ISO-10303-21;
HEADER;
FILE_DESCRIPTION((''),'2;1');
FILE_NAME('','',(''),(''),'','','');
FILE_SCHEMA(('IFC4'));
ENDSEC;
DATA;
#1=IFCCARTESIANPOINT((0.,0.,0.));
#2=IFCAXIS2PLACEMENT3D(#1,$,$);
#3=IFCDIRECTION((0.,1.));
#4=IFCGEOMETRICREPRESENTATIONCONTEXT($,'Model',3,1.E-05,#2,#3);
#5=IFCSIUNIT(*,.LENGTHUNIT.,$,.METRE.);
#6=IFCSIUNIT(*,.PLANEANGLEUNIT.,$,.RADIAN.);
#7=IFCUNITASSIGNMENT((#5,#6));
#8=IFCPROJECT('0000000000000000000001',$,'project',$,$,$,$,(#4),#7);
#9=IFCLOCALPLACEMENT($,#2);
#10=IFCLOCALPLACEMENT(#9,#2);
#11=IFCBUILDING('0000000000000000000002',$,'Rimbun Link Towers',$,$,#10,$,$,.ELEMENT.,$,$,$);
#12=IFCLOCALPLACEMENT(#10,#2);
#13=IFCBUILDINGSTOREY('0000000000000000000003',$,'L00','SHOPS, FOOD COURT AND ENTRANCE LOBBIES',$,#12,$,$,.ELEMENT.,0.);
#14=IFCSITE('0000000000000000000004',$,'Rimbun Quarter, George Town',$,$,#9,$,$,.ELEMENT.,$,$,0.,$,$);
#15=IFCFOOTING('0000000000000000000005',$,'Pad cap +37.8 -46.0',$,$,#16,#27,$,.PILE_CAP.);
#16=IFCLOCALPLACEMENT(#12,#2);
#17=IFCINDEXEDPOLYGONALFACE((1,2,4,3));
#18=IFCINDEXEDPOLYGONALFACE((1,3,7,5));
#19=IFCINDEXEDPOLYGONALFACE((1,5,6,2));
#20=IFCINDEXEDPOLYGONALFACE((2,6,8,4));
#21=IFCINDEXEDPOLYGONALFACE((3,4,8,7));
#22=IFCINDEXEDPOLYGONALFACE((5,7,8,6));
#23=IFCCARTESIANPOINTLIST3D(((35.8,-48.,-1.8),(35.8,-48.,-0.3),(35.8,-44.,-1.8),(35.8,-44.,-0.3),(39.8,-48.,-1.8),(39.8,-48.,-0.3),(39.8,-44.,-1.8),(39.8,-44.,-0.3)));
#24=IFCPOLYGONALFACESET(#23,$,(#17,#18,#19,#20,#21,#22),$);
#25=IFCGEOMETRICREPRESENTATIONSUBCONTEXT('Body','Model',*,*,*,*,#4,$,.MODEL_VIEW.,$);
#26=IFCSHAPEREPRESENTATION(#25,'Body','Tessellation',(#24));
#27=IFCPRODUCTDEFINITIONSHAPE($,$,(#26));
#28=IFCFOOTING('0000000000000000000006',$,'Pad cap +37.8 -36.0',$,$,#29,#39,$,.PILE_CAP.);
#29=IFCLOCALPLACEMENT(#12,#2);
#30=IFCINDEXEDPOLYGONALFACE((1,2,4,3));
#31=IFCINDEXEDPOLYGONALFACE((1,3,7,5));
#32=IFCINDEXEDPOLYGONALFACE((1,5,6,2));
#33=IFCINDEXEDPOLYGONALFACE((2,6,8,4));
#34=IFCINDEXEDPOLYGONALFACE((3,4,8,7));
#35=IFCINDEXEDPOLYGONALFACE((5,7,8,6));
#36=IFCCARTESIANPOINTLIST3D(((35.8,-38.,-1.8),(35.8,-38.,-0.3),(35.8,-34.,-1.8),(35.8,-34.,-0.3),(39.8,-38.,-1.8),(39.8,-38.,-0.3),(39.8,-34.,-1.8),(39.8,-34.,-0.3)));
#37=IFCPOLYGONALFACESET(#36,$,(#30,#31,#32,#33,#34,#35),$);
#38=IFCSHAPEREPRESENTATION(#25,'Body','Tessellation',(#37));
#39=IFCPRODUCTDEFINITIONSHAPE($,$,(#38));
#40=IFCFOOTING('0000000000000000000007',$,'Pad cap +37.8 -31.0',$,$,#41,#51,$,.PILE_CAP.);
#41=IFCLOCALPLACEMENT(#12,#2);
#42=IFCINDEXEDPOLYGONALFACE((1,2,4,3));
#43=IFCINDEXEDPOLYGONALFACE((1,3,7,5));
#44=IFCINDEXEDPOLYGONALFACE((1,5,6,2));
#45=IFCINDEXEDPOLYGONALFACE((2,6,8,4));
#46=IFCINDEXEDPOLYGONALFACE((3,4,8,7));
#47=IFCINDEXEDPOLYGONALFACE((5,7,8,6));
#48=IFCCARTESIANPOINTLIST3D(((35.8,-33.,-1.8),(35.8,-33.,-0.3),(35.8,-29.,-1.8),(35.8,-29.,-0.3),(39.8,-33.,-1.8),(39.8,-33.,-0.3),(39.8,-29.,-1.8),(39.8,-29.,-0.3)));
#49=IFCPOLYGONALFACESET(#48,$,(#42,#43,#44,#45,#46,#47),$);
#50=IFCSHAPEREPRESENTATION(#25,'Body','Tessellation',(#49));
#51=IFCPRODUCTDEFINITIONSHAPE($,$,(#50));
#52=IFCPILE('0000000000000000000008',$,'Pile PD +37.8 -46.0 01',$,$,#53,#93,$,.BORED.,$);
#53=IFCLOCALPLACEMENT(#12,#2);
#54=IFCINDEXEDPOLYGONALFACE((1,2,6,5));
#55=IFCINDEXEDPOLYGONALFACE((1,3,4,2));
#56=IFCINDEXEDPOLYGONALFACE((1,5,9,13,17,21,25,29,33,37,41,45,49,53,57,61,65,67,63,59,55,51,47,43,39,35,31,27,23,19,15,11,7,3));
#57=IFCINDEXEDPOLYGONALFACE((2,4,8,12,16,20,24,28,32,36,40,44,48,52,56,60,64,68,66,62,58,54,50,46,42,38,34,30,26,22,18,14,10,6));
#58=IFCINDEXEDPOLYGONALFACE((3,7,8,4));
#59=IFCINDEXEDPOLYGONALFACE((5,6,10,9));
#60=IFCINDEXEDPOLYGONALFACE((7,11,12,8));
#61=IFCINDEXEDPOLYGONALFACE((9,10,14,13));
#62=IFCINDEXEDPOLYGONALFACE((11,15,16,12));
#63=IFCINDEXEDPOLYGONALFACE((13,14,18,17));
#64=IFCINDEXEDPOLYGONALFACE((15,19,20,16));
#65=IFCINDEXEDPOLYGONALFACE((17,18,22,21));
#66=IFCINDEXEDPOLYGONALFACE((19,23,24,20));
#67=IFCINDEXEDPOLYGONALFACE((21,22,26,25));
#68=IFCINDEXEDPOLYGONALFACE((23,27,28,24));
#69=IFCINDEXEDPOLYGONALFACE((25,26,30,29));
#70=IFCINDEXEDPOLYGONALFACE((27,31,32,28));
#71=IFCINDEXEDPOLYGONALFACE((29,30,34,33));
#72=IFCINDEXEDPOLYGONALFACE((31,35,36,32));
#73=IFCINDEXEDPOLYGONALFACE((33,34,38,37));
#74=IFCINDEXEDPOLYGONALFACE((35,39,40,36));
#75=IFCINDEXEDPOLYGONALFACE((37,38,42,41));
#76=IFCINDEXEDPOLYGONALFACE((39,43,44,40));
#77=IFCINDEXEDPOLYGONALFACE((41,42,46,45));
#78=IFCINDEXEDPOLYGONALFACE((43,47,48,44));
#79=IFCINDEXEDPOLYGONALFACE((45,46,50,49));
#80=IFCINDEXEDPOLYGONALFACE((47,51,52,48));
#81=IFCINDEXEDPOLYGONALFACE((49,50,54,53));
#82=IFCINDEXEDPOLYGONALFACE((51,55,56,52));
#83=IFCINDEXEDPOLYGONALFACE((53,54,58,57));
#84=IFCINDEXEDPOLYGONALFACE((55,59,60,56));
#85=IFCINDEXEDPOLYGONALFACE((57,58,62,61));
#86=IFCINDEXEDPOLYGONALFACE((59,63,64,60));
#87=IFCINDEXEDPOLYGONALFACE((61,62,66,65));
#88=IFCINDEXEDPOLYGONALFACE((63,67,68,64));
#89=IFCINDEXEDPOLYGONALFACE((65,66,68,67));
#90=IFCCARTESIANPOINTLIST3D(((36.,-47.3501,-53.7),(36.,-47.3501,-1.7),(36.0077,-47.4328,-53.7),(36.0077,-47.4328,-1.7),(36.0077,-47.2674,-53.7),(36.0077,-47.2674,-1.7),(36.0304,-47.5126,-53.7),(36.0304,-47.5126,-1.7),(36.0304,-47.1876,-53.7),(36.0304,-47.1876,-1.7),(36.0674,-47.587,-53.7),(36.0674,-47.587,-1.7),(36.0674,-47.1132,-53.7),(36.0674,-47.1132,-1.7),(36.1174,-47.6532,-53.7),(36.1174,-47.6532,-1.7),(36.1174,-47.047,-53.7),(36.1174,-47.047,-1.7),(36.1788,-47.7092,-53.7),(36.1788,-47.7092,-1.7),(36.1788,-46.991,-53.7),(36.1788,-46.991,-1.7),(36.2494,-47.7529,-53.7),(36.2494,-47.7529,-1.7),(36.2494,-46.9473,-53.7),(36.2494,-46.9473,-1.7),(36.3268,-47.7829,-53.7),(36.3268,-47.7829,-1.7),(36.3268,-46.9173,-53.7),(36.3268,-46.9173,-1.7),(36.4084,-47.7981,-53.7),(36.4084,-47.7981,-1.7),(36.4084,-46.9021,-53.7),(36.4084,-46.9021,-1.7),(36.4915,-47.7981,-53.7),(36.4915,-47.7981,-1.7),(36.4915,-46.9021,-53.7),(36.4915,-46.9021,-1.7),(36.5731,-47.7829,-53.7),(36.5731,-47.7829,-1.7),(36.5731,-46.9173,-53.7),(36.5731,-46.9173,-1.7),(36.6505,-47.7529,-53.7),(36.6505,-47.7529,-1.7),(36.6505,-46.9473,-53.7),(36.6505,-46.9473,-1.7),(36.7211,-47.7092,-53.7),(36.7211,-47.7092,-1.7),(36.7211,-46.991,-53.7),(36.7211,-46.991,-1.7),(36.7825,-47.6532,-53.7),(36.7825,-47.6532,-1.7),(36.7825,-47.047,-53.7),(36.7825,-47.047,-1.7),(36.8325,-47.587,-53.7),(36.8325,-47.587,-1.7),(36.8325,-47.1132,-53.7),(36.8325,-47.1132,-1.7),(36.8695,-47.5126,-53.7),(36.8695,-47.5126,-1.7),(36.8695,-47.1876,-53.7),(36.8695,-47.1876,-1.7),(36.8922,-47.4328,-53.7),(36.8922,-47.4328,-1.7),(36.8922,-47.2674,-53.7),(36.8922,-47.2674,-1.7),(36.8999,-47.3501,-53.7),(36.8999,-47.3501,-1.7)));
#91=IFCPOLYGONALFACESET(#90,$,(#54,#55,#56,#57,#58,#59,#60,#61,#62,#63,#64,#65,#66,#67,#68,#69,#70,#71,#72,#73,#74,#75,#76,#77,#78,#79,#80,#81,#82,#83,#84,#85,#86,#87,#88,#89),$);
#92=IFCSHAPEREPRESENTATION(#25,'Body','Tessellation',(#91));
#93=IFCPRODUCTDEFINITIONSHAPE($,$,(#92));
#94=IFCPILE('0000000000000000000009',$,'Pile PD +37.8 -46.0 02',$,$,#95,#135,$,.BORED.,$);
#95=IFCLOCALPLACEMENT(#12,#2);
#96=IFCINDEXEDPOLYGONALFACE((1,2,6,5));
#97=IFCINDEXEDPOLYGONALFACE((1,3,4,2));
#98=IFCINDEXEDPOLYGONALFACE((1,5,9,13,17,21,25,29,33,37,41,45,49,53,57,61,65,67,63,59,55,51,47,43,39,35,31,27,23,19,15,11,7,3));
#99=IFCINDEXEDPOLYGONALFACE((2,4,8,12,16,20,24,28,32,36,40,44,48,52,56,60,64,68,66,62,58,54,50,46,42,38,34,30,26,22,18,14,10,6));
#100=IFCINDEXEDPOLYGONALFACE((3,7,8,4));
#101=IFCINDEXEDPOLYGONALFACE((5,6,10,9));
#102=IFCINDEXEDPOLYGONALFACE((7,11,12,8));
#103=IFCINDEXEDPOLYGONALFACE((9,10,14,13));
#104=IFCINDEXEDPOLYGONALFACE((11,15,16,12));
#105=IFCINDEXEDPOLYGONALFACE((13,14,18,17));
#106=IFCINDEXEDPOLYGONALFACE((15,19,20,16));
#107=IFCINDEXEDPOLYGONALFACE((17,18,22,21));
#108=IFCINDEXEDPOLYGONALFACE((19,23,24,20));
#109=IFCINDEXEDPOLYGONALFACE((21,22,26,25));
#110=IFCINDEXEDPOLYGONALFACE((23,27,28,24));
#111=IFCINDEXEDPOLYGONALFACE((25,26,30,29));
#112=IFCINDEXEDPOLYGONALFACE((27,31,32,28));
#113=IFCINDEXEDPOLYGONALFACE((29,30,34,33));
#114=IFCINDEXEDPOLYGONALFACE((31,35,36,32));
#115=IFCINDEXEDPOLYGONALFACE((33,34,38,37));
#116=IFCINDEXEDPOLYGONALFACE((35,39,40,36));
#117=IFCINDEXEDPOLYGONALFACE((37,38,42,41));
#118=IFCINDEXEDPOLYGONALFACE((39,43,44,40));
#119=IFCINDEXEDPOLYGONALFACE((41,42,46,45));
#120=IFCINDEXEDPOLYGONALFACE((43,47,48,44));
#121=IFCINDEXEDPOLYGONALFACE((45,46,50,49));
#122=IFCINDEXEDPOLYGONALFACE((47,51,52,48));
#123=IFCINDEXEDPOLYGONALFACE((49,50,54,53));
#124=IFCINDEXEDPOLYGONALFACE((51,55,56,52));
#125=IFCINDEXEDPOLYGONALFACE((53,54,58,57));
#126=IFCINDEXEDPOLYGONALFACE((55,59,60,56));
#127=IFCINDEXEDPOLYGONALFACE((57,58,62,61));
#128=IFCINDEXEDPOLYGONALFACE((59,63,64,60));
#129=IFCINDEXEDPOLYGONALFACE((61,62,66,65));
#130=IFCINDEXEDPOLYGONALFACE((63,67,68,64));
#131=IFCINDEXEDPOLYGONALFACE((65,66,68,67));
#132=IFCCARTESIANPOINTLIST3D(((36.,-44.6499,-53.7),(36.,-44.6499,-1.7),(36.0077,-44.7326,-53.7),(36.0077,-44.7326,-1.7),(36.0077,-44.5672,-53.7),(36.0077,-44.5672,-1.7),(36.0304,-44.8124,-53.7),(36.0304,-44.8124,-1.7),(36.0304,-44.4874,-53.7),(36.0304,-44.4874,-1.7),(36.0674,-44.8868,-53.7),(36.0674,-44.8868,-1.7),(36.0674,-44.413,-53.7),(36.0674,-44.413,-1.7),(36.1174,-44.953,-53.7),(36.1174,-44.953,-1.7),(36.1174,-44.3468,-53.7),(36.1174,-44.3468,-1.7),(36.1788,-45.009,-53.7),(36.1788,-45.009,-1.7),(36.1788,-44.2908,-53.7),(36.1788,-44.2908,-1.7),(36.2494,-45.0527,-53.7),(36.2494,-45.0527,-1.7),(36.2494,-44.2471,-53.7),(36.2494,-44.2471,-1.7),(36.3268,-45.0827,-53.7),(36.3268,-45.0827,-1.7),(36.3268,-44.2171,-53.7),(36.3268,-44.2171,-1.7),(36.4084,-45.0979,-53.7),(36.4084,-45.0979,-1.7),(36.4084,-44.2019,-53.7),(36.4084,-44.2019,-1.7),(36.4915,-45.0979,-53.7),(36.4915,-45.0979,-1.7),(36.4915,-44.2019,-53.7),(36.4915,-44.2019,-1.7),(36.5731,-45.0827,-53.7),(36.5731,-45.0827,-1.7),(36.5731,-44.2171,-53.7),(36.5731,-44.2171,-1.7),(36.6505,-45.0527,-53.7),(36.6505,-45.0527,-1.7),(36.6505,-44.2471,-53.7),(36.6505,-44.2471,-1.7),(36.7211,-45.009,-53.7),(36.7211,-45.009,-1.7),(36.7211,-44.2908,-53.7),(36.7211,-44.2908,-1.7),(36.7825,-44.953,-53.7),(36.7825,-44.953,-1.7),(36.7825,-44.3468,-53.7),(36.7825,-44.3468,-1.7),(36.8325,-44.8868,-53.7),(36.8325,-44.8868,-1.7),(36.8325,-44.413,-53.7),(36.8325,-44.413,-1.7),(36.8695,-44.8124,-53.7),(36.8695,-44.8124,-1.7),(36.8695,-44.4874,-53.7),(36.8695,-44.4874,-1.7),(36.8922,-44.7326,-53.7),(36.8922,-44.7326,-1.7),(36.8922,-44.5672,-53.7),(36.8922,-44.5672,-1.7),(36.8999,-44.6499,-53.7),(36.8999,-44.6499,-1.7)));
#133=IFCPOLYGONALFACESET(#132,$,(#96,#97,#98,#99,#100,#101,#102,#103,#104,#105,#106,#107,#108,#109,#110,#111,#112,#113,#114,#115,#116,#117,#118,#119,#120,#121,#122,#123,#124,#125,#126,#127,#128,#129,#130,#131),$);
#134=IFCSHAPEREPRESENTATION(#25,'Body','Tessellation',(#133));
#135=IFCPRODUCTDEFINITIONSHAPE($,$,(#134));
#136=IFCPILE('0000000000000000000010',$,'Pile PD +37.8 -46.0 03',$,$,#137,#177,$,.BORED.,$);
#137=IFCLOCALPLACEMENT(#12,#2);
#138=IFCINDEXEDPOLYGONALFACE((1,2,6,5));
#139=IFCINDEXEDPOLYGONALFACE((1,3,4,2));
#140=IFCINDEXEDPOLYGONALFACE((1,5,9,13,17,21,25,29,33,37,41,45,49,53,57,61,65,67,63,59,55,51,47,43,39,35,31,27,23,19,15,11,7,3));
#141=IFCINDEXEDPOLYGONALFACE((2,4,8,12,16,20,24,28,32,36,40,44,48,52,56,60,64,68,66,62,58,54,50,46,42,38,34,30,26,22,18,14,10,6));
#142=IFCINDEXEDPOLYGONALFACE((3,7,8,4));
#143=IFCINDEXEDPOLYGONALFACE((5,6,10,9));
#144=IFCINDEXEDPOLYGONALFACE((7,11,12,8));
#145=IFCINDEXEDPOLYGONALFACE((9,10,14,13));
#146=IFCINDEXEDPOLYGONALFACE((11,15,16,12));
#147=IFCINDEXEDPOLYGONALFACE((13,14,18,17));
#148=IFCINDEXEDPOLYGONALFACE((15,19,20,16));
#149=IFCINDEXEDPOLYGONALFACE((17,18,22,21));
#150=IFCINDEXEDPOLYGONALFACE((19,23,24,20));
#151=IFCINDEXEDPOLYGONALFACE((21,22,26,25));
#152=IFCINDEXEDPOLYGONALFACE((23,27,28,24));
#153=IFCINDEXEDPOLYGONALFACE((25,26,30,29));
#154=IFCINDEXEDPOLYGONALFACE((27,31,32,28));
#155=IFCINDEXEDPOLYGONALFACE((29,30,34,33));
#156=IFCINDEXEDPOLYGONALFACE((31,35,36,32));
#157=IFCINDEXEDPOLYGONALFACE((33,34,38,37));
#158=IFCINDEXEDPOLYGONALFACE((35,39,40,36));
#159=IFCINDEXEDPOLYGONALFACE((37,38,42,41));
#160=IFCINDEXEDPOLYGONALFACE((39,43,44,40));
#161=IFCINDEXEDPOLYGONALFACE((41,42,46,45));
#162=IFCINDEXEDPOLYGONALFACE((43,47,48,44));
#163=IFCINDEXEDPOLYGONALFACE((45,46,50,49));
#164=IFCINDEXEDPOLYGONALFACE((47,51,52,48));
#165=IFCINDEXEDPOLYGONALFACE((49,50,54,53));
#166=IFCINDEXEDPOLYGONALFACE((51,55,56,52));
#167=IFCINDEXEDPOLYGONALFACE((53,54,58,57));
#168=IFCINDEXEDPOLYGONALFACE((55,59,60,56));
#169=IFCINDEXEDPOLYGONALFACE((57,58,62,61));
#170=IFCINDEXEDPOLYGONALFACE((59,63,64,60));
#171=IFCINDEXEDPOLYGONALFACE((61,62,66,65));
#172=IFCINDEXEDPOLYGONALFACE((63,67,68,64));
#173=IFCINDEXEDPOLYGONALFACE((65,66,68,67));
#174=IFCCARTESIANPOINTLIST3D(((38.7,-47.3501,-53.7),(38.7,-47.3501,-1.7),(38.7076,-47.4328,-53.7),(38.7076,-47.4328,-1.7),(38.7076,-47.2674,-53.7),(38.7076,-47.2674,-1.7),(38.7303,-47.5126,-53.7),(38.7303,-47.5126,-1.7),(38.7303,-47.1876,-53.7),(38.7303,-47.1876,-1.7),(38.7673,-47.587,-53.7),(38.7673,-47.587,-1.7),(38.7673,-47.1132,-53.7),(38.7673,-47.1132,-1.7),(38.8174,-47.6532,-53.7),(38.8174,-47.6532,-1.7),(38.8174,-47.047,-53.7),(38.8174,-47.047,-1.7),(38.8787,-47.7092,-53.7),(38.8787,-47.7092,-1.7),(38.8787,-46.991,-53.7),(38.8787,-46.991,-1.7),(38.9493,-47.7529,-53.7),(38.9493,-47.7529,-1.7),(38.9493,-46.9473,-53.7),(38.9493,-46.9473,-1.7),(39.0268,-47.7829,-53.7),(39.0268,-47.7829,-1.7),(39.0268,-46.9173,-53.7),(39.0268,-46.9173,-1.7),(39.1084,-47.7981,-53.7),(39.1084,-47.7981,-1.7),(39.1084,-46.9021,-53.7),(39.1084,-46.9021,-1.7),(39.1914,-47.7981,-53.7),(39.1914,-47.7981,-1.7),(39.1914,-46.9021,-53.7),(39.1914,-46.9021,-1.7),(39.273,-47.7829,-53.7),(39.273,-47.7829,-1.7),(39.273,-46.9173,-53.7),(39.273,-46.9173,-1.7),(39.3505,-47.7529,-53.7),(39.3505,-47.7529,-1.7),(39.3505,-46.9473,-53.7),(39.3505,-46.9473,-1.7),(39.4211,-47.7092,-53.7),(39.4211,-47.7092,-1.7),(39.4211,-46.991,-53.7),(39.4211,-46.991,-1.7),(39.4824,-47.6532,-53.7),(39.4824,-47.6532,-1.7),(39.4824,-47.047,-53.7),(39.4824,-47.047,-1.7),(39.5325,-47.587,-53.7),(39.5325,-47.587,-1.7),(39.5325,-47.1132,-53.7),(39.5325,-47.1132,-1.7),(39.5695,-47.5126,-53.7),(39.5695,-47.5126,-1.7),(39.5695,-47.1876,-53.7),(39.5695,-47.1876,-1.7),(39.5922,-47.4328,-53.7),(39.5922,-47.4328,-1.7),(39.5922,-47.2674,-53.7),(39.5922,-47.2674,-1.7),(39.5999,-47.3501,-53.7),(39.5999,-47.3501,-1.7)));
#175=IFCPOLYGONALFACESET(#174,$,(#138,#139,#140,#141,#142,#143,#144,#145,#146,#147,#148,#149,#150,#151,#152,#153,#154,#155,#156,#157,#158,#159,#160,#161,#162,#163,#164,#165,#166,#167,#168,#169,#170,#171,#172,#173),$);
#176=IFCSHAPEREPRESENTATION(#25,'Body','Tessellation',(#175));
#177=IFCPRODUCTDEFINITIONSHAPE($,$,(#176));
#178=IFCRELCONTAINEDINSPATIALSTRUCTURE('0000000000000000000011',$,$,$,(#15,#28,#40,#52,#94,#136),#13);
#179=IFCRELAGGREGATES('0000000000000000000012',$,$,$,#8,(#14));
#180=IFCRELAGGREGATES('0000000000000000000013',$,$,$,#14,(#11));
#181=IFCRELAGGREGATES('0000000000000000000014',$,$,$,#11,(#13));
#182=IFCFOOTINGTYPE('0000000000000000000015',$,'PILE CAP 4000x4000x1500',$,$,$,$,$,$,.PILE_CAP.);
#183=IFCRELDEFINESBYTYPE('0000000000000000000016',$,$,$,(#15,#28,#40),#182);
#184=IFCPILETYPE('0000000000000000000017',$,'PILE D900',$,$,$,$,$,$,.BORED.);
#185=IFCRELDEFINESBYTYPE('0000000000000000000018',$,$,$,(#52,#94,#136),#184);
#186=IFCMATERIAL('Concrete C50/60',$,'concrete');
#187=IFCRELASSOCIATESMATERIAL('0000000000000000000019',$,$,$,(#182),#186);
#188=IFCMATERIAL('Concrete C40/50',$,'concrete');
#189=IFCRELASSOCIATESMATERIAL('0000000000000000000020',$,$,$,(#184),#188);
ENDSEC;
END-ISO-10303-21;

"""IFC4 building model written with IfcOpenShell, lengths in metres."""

from ifc_helpers import new_model, si_unit, direction, frame, origin, origin_2d, place, context, subcontext, project, spatial, rectangle, circle, extrude, material, material_profile, profile_set, type_object, element, save


model = new_model("IFC4")

# Units and contexts
model_context = context("Model", 3, precision=1e-05, world=origin(), true_north=direction((0.0, 1.0)))
body_context = subcontext(model_context, "Body", "Model", "MODEL_VIEW")
ifc_project = project(units=[si_unit("LENGTHUNIT", "METRE"), si_unit("PLANEANGLEUNIT", "RADIAN")], contexts=[model_context])

# Site, building, storey
site_placement = place(None, origin())
site = spatial("IfcSite", under=ifc_project, at=site_placement, Name="Rimbun Quarter, George Town", CompositionType="ELEMENT", RefElevation=0.0)
building_placement = place(site_placement, origin())
building = spatial("IfcBuilding", under=site, at=building_placement, Name="Rimbun Link Towers", CompositionType="ELEMENT")
storey_placement = place(building_placement, origin())
storey = spatial("IfcBuildingStorey", under=building, at=storey_placement, Name="L00", Description="SHOPS, FOOD COURT AND ENTRANCE LOBBIES", CompositionType="ELEMENT", Elevation=0.0)

# Footings
ifc_material_1 = material(Name="Concrete C50/60", Category="concrete")
footing_type = type_object("IfcFootingType", Name="PILE CAP 4000x4000x1500", PredefinedType="PILE_CAP", material=ifc_material_1)
for number, where, z_axis, x_axis, name in (
    (1, (37.8, -46.0, -1.8), (0.0, 0.0, 1.0), (1.0, 0.0, 0.0), "Pad cap +37.8 -46.0"),
    (2, (37.8, -36.0, -1.8), (0.0, 0.0, 1.0), (1.0, 0.0, 0.0), "Pad cap +37.8 -36.0"),
    (3, (37.8, -31.0, -1.8), (0.0, 0.0, 1.0), (1.0, 0.0, 0.0), "Pad cap +37.8 -31.0"),
):
    element("IfcFooting", number, at=place(storey_placement, frame(where, z_axis=z_axis, x_axis=x_axis)), inside=storey, type_object=footing_type, Name=name, PredefinedType="PILE_CAP", context=body_context, shape_type="SweptSolid", body=[
        extrude(rectangle(XDim=4.0, YDim=4.0, at=origin_2d()), origin(), (0.0, 0.0, 1.0), 1.5),
    ])

# Piles
ifc_material_2 = material(Name="Concrete C40/50", Category="concrete")
ifc_material_profile_1 = material_profile(ifc_material_2, circle(Radius=0.45, at=origin_2d()), Name="PILE D900")
ifc_profile_set_1 = profile_set([ifc_material_profile_1], Name="Concrete C40/50")
pile_type = type_object("IfcPileType", Name="PILE D900", PredefinedType="BORED", material=ifc_profile_set_1)
for number, where, z_axis, x_axis, name in (
    (4, (36.45, -47.3501, -1.7), (0.0, 0.0, -1.0), (1.0, 0.0, 0.0), "Pile PD +37.8 -46.0 01"),
    (5, (36.45, -44.6499, -1.7), (0.0, 0.0, -1.0), (1.0, 0.0, 0.0), "Pile PD +37.8 -46.0 02"),
    (6, (39.1499, -47.3501, -1.7), (0.0, 0.0, -1.0), (1.0, 0.0, 0.0), "Pile PD +37.8 -46.0 03"),
):
    element("IfcPile", number, at=place(storey_placement, frame(where, z_axis=z_axis, x_axis=x_axis)), inside=storey, type_object=pile_type, Name=name, PredefinedType="BORED", context=body_context, shape_type="SweptSolid", body=[
        extrude(circle(Radius=0.45, at=origin_2d()), origin(), (0.0, 0.0, 1.0), 52.0),
    ])

save(model, "model.ifc")
